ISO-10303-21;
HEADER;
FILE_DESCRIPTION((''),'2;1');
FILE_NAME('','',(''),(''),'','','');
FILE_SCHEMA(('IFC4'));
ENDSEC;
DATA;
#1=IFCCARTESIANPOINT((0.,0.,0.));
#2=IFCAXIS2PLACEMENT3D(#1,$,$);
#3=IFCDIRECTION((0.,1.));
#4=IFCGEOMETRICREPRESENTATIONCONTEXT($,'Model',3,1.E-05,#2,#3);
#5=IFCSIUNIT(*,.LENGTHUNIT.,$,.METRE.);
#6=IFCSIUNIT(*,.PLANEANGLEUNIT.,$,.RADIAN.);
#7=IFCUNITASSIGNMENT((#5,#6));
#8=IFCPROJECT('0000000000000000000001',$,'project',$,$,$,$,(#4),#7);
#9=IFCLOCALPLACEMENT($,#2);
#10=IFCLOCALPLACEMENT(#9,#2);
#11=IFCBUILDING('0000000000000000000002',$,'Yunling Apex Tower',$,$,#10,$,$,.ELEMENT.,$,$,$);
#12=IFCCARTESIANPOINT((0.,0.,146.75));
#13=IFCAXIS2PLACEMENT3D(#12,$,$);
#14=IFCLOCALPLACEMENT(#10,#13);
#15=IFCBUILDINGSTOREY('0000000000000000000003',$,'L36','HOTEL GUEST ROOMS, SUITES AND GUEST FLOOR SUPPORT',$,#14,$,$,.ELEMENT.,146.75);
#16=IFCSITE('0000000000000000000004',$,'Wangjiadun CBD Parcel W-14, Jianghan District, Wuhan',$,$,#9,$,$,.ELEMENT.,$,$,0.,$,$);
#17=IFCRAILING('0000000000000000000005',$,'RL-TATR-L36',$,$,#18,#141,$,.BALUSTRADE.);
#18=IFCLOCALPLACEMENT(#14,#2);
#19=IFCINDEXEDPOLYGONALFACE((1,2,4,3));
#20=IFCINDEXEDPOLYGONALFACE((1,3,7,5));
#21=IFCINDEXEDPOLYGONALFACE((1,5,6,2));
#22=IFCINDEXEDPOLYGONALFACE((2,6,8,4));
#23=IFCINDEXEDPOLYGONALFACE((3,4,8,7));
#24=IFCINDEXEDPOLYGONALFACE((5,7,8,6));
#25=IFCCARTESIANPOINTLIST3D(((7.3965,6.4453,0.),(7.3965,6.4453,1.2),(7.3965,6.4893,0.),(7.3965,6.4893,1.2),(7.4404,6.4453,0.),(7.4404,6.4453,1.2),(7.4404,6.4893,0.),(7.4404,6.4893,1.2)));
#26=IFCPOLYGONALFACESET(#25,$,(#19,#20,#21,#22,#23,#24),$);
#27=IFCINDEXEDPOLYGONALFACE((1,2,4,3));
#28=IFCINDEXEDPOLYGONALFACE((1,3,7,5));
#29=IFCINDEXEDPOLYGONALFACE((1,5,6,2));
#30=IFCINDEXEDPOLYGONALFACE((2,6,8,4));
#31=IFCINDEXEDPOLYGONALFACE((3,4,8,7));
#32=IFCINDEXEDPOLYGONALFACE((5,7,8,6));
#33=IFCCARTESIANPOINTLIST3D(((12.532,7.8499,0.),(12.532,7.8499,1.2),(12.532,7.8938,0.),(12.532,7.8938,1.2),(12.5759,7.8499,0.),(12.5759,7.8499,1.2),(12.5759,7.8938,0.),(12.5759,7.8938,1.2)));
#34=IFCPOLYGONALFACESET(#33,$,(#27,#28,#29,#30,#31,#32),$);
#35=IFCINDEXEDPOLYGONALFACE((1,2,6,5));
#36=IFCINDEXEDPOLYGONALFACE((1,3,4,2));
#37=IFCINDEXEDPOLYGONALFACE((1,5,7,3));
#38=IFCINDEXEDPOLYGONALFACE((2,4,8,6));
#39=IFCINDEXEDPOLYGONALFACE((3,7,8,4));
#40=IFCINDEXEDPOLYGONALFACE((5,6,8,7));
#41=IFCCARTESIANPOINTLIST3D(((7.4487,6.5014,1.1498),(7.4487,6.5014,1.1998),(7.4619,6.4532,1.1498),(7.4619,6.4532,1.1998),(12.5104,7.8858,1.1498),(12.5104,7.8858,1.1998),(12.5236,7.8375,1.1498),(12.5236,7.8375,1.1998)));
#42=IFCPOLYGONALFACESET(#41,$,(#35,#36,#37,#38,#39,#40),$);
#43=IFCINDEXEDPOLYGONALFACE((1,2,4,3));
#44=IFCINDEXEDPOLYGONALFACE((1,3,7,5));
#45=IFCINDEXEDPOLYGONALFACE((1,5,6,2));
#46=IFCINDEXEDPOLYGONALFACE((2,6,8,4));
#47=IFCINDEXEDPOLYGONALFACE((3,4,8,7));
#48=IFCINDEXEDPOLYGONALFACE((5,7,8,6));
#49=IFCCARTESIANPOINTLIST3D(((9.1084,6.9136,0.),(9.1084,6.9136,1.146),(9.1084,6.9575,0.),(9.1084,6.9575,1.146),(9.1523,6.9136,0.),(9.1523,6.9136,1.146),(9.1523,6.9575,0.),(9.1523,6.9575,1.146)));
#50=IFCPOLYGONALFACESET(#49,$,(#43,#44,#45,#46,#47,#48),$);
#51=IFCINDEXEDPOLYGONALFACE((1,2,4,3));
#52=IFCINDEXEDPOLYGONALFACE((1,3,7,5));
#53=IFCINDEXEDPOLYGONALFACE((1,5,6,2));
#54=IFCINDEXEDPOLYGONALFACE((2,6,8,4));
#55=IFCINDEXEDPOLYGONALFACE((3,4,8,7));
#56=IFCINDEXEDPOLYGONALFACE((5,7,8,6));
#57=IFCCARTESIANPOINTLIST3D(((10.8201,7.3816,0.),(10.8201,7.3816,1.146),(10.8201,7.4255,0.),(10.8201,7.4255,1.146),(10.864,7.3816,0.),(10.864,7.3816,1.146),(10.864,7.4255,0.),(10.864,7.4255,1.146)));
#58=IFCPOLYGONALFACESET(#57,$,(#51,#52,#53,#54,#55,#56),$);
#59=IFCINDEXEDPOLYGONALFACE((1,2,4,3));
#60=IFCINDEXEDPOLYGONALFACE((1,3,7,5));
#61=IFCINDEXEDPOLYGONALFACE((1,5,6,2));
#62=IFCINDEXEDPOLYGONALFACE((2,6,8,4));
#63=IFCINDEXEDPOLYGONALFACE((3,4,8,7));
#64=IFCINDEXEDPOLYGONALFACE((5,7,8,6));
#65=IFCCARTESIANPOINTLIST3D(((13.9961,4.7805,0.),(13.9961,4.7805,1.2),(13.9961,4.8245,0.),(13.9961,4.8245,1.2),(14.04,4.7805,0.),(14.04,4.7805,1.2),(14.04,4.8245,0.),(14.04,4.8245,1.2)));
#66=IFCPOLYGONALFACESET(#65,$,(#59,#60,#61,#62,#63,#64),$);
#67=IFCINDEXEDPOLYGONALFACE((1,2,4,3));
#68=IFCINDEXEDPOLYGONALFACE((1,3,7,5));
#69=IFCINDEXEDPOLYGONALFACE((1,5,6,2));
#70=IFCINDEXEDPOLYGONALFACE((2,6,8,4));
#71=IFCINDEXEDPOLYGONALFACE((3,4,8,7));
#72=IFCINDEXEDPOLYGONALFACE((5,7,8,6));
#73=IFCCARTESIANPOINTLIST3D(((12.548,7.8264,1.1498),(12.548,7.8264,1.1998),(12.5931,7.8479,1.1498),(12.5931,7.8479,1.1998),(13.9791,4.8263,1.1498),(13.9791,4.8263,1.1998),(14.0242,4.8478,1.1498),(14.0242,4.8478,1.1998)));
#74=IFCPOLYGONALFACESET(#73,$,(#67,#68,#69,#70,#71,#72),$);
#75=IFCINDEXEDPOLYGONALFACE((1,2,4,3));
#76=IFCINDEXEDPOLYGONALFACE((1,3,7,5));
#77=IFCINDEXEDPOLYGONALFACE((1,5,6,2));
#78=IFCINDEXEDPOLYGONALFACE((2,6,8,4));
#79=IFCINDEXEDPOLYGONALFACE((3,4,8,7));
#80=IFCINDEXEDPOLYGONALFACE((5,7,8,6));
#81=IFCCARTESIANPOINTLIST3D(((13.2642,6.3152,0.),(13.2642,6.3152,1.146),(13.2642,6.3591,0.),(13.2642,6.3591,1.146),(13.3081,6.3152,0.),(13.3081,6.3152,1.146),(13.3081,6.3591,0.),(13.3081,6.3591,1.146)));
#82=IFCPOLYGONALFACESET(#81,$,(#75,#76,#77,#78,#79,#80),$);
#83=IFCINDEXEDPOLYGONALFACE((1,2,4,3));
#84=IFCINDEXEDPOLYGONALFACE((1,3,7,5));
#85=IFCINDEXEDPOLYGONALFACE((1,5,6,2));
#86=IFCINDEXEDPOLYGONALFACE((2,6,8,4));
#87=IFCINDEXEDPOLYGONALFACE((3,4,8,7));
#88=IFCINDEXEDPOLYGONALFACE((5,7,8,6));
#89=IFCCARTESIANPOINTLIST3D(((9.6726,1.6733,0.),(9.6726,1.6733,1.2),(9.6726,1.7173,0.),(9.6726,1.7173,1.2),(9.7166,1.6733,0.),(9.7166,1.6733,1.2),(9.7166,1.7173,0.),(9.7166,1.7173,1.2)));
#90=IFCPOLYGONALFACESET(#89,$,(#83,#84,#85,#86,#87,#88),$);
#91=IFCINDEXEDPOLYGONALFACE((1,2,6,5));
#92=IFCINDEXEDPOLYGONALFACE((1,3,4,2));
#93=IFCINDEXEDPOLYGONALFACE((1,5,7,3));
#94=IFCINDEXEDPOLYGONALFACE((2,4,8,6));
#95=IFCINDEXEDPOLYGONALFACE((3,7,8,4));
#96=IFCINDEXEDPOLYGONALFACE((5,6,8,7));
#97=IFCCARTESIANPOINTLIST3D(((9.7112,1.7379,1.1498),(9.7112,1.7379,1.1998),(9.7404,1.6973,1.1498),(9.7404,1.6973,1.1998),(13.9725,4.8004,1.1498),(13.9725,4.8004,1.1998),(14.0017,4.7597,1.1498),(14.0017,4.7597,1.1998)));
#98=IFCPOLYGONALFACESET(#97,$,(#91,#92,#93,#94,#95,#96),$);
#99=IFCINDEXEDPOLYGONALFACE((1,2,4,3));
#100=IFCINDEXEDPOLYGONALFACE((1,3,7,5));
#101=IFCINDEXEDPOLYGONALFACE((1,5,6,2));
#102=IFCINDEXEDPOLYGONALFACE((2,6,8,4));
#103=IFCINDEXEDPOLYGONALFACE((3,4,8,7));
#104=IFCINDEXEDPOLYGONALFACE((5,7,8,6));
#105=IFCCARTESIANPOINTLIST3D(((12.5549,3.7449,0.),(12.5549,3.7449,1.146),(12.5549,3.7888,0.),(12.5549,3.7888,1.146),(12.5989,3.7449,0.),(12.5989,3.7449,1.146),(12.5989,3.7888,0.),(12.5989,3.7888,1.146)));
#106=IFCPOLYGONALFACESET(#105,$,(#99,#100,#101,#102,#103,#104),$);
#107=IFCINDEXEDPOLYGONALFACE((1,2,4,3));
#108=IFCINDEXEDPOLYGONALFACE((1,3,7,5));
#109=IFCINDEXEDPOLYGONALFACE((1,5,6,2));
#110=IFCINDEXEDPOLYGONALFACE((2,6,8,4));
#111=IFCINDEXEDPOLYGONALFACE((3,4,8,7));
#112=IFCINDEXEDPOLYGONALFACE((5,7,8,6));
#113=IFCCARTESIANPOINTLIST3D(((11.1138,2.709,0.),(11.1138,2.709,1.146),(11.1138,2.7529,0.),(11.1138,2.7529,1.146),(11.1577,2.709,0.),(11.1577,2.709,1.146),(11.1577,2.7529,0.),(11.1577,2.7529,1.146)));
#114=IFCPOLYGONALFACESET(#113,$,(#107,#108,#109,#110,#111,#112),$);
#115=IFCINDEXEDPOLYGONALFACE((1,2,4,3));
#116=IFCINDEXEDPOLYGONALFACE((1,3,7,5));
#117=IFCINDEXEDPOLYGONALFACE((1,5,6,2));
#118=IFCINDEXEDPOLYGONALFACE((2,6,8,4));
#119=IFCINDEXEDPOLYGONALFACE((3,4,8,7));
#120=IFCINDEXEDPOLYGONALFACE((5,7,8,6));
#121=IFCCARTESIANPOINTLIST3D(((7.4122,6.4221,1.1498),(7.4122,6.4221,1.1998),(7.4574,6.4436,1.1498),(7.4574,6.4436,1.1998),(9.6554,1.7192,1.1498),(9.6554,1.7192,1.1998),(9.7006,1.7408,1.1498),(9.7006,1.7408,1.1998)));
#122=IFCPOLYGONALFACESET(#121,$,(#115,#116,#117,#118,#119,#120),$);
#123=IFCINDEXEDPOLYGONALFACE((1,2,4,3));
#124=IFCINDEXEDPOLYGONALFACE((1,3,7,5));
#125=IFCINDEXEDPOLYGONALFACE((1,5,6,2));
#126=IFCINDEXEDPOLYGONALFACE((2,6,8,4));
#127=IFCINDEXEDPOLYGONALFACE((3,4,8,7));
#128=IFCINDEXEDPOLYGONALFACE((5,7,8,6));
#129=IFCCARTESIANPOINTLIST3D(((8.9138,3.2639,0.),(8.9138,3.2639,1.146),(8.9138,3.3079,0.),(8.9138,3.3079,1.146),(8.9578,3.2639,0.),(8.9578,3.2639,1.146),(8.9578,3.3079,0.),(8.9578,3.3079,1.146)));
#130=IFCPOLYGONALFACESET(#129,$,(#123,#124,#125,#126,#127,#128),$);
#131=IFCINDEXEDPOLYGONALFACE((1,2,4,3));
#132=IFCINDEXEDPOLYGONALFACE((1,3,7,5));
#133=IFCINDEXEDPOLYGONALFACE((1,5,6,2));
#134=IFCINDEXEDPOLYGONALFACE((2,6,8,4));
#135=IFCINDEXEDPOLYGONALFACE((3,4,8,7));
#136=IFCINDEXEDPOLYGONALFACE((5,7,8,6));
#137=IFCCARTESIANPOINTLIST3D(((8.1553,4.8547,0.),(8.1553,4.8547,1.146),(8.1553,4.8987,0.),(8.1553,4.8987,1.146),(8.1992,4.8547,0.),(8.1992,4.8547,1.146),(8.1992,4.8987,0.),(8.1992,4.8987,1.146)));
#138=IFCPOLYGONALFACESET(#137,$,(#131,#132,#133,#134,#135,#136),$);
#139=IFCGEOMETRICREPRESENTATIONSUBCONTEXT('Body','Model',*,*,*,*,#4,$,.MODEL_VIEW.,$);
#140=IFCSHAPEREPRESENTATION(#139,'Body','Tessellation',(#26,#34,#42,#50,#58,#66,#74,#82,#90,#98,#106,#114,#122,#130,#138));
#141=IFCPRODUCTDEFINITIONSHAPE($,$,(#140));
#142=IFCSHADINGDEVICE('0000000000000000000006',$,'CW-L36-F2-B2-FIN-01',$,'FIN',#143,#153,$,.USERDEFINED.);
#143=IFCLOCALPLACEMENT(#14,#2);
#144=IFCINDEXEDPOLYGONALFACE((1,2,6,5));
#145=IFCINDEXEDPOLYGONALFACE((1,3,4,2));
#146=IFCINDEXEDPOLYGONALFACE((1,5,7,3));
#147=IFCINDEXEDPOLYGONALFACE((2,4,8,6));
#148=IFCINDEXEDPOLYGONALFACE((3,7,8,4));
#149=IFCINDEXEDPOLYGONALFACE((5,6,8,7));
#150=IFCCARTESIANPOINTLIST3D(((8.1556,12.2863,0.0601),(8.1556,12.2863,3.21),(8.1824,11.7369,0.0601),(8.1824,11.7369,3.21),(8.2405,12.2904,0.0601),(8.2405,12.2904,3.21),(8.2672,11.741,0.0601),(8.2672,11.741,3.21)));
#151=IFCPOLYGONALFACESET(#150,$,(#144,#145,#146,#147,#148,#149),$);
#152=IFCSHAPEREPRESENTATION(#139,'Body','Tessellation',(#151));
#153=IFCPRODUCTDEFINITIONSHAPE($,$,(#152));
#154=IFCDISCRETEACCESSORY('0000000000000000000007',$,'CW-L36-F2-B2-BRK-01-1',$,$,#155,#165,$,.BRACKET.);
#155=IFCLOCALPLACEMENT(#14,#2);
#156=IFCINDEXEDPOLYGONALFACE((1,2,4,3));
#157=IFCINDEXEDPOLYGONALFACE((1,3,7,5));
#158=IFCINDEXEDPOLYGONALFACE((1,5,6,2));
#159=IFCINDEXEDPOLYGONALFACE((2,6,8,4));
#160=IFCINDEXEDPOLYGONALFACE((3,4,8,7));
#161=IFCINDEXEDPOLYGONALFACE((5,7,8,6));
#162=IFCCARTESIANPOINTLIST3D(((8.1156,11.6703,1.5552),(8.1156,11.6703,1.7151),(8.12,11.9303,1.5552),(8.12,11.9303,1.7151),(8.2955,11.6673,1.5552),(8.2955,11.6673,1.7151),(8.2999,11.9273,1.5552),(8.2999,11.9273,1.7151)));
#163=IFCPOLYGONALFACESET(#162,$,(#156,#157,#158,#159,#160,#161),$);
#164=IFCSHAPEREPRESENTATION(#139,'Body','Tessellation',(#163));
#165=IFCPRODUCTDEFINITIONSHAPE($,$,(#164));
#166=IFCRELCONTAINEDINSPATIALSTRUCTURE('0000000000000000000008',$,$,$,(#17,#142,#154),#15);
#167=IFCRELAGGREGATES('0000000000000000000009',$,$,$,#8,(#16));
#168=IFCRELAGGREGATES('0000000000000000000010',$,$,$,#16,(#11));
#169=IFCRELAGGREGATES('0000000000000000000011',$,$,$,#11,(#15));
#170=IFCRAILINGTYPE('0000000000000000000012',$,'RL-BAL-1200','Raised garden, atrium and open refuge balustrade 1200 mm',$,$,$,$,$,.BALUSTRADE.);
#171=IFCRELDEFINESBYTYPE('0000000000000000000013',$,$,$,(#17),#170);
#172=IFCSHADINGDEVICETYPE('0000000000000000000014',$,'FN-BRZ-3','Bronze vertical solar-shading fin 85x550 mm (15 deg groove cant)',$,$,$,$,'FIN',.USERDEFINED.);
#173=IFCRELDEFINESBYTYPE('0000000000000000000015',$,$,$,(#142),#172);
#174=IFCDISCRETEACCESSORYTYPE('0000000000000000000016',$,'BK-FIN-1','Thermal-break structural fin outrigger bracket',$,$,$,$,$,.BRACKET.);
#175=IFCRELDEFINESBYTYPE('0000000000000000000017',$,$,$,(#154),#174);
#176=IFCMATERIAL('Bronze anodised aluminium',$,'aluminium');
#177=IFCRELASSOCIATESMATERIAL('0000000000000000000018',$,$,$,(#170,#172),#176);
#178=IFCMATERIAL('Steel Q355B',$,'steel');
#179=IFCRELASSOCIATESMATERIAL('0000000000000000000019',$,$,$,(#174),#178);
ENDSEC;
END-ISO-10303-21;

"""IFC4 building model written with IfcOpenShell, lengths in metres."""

from ifc_helpers import new_model, si_unit, direction, frame, origin, origin_2d, place, context, subcontext, project, spatial, rectangle, extrude, source, transform, mapped, material, material_profile, profile_set, type_object, element, save


model = new_model("IFC4")

# Units and contexts
model_context = context("Model", 3, precision=1e-05, world=origin(), true_north=direction((0.0, 1.0)))
body_context = subcontext(model_context, "Body", "Model", "MODEL_VIEW")
ifc_project = project(units=[si_unit("LENGTHUNIT", "METRE"), si_unit("PLANEANGLEUNIT", "RADIAN")], contexts=[model_context])

# Site, building, storey
site_placement = place(None, origin())
site = spatial("IfcSite", under=ifc_project, at=site_placement, Name="Wangjiadun CBD Parcel W-14, Jianghan District, Wuhan", CompositionType="ELEMENT", RefElevation=0.0)
building_placement = place(site_placement, origin())
building = spatial("IfcBuilding", under=site, at=building_placement, Name="Yunling Apex Tower", CompositionType="ELEMENT")
storey_placement = place(building_placement, frame((0.0, 0.0, 146.75)))
storey = spatial("IfcBuildingStorey", under=building, at=storey_placement, Name="L36", Description="HOTEL GUEST ROOMS, SUITES AND GUEST FLOOR SUPPORT", CompositionType="ELEMENT", Elevation=146.75)

# Shared definitions
ifc_material_1 = material(Name="Steel Q355B", Category="steel")

# Shared definitions
ifc_material_2 = material(Name="Bronze anodised aluminium", Category="aluminium")

# Railing
railing_type = type_object("IfcRailingType", Name="RL-BAL-1200", Description="Raised garden, atrium and open refuge balustrade 1200 mm", PredefinedType="BALUSTRADE", material=ifc_material_2)
railing_1_placement = place(storey_placement, frame((7.4185, 6.4673, 0.0)))
element("IfcRailing", 1, at=railing_1_placement, inside=storey, type_object=railing_type, Name="RL-TATR-L36", PredefinedType="BALUSTRADE", context=body_context, shape_type="SweptSolid", body=[
    extrude(rectangle(XDim=0.0439, YDim=0.0439, at=origin_2d()), origin(), (0.0, 0.0, 1.0), 1.2),
    extrude(rectangle(XDim=0.0439, YDim=0.0439, at=origin_2d()), frame((5.1355, 1.4045, 0.0)), (0.0, 0.0, 1.0), 1.2),
    extrude(rectangle(XDim=0.05, YDim=0.05, at=origin_2d()), frame((0.0369, 0.01, 1.1748), z_axis=(0.964575, 0.263808, 0.0), x_axis=(-0.263808, 0.964575, 0.0)), (0.0, 0.0, 1.0), 5.2476),
    extrude(rectangle(XDim=0.0439, YDim=0.0439, at=origin_2d()), frame((1.7119, 0.4683, 0.0)), (0.0, 0.0, 1.0), 1.146),
    extrude(rectangle(XDim=0.0439, YDim=0.0439, at=origin_2d()), frame((3.4236, 0.9363, 0.0)), (0.0, 0.0, 1.0), 1.146),
    extrude(rectangle(XDim=0.0439, YDim=0.0439, at=origin_2d()), frame((6.5996, -1.6648, 0.0)), (0.0, 0.0, 1.0), 1.2),
    extrude(rectangle(XDim=0.05, YDim=0.05, at=origin_2d()), frame((5.1521, 1.3699, 1.1748), z_axis=(0.430538, -0.902572, 0.0), x_axis=(0.902572, 0.430538, 0.0)), (0.0, 0.0, 1.0), 3.324),
    extrude(rectangle(XDim=0.0439, YDim=0.0439, at=origin_2d()), frame((5.8677, -0.1301, 0.0)), (0.0, 0.0, 1.0), 1.146),
    extrude(rectangle(XDim=0.0439, YDim=0.0439, at=origin_2d()), frame((2.2761, -4.772, 0.0)), (0.0, 0.0, 1.0), 1.2),
    extrude(rectangle(XDim=0.05, YDim=0.05, at=origin_2d()), frame((6.5686, -1.6873, 1.1748), z_axis=(-0.812045, -0.583595, 0.0), x_axis=(0.583595, -0.812045, 0.0)), (0.0, 0.0, 1.0), 5.2476),
    extrude(rectangle(XDim=0.0439, YDim=0.0439, at=origin_2d()), frame((5.1584, -2.7004, 0.0)), (0.0, 0.0, 1.0), 1.146),
    extrude(rectangle(XDim=0.0439, YDim=0.0439, at=origin_2d()), frame((3.7173, -3.7363, 0.0)), (0.0, 0.0, 1.0), 1.146),
    extrude(rectangle(XDim=0.05, YDim=0.05, at=origin_2d()), frame((2.2595, -4.7373, 1.1748), z_axis=(-0.430512, 0.902585, 0.0), x_axis=(-0.902585, -0.430512, 0.0)), (0.0, 0.0, 1.0), 5.2104),
    extrude(rectangle(XDim=0.0439, YDim=0.0439, at=origin_2d()), frame((1.5173, -3.1814, 0.0)), (0.0, 0.0, 1.0), 1.146),
    extrude(rectangle(XDim=0.0439, YDim=0.0439, at=origin_2d()), frame((0.7588, -1.5906, 0.0)), (0.0, 0.0, 1.0), 1.146),
])

# Shading device
ifc_material_profile_1 = material_profile(ifc_material_2, rectangle(XDim=0.085, YDim=0.55, at=origin_2d()))
ifc_profile_set_1 = profile_set([ifc_material_profile_1], Name="Bronze anodised aluminium")
shading_device_type = type_object("IfcShadingDeviceType", Name="FN-BRZ-3", Description="Bronze vertical solar-shading fin 85x550 mm (15 deg groove cant)", ElementType="FIN", PredefinedType="USERDEFINED", material=ifc_profile_set_1)
shared_shape_1 = source(origin(), body_context, "Body", "SweptSolid", [
    extrude(rectangle(XDim=0.085, YDim=0.55, at=origin_2d()), origin(), (0.0, 0.0, 1.0), 3.1499),
])
shading_device_placement = place(storey_placement, frame((8.2114, 12.0137, 0.0601), z_axis=(0.0, 0.0, 1.0), x_axis=(-0.998815, -0.048675, 0.0)))
element("IfcShadingDevice", 2, at=shading_device_placement, inside=storey, type_object=shading_device_type, Name="CW-L36-F2-B2-FIN-01", ObjectType="FIN", PredefinedType="USERDEFINED", context=body_context, shape_type="MappedRepresentation", body=[
    mapped(shared_shape_1, transform((0.0, 0.0, 0.0), scale=1.0)),
])

# Discrete accessory
discrete_accessory_type = type_object("IfcDiscreteAccessoryType", Name="BK-FIN-1", Description="Thermal-break structural fin outrigger bracket", PredefinedType="BRACKET", material=ifc_material_1)
shared_shape_2 = source(origin(), body_context, "Body", "SweptSolid", [
    extrude(rectangle(XDim=0.1799, YDim=0.26, at=origin_2d()), origin(), (0.0, 0.0, 1.0), 0.1599),
])
discrete_accessory_placement = place(storey_placement, frame((8.2078, 11.7988, 1.5552), z_axis=(0.0, 0.0, 1.0), x_axis=(-0.99986, 0.016754, 0.0)))
element("IfcDiscreteAccessory", 3, at=discrete_accessory_placement, inside=storey, type_object=discrete_accessory_type, Name="CW-L36-F2-B2-BRK-01-1", PredefinedType="BRACKET", context=body_context, shape_type="MappedRepresentation", body=[
    mapped(shared_shape_2, transform((0.0, 0.0, 0.0), scale=1.0)),
])

save(model, "model.ifc")
